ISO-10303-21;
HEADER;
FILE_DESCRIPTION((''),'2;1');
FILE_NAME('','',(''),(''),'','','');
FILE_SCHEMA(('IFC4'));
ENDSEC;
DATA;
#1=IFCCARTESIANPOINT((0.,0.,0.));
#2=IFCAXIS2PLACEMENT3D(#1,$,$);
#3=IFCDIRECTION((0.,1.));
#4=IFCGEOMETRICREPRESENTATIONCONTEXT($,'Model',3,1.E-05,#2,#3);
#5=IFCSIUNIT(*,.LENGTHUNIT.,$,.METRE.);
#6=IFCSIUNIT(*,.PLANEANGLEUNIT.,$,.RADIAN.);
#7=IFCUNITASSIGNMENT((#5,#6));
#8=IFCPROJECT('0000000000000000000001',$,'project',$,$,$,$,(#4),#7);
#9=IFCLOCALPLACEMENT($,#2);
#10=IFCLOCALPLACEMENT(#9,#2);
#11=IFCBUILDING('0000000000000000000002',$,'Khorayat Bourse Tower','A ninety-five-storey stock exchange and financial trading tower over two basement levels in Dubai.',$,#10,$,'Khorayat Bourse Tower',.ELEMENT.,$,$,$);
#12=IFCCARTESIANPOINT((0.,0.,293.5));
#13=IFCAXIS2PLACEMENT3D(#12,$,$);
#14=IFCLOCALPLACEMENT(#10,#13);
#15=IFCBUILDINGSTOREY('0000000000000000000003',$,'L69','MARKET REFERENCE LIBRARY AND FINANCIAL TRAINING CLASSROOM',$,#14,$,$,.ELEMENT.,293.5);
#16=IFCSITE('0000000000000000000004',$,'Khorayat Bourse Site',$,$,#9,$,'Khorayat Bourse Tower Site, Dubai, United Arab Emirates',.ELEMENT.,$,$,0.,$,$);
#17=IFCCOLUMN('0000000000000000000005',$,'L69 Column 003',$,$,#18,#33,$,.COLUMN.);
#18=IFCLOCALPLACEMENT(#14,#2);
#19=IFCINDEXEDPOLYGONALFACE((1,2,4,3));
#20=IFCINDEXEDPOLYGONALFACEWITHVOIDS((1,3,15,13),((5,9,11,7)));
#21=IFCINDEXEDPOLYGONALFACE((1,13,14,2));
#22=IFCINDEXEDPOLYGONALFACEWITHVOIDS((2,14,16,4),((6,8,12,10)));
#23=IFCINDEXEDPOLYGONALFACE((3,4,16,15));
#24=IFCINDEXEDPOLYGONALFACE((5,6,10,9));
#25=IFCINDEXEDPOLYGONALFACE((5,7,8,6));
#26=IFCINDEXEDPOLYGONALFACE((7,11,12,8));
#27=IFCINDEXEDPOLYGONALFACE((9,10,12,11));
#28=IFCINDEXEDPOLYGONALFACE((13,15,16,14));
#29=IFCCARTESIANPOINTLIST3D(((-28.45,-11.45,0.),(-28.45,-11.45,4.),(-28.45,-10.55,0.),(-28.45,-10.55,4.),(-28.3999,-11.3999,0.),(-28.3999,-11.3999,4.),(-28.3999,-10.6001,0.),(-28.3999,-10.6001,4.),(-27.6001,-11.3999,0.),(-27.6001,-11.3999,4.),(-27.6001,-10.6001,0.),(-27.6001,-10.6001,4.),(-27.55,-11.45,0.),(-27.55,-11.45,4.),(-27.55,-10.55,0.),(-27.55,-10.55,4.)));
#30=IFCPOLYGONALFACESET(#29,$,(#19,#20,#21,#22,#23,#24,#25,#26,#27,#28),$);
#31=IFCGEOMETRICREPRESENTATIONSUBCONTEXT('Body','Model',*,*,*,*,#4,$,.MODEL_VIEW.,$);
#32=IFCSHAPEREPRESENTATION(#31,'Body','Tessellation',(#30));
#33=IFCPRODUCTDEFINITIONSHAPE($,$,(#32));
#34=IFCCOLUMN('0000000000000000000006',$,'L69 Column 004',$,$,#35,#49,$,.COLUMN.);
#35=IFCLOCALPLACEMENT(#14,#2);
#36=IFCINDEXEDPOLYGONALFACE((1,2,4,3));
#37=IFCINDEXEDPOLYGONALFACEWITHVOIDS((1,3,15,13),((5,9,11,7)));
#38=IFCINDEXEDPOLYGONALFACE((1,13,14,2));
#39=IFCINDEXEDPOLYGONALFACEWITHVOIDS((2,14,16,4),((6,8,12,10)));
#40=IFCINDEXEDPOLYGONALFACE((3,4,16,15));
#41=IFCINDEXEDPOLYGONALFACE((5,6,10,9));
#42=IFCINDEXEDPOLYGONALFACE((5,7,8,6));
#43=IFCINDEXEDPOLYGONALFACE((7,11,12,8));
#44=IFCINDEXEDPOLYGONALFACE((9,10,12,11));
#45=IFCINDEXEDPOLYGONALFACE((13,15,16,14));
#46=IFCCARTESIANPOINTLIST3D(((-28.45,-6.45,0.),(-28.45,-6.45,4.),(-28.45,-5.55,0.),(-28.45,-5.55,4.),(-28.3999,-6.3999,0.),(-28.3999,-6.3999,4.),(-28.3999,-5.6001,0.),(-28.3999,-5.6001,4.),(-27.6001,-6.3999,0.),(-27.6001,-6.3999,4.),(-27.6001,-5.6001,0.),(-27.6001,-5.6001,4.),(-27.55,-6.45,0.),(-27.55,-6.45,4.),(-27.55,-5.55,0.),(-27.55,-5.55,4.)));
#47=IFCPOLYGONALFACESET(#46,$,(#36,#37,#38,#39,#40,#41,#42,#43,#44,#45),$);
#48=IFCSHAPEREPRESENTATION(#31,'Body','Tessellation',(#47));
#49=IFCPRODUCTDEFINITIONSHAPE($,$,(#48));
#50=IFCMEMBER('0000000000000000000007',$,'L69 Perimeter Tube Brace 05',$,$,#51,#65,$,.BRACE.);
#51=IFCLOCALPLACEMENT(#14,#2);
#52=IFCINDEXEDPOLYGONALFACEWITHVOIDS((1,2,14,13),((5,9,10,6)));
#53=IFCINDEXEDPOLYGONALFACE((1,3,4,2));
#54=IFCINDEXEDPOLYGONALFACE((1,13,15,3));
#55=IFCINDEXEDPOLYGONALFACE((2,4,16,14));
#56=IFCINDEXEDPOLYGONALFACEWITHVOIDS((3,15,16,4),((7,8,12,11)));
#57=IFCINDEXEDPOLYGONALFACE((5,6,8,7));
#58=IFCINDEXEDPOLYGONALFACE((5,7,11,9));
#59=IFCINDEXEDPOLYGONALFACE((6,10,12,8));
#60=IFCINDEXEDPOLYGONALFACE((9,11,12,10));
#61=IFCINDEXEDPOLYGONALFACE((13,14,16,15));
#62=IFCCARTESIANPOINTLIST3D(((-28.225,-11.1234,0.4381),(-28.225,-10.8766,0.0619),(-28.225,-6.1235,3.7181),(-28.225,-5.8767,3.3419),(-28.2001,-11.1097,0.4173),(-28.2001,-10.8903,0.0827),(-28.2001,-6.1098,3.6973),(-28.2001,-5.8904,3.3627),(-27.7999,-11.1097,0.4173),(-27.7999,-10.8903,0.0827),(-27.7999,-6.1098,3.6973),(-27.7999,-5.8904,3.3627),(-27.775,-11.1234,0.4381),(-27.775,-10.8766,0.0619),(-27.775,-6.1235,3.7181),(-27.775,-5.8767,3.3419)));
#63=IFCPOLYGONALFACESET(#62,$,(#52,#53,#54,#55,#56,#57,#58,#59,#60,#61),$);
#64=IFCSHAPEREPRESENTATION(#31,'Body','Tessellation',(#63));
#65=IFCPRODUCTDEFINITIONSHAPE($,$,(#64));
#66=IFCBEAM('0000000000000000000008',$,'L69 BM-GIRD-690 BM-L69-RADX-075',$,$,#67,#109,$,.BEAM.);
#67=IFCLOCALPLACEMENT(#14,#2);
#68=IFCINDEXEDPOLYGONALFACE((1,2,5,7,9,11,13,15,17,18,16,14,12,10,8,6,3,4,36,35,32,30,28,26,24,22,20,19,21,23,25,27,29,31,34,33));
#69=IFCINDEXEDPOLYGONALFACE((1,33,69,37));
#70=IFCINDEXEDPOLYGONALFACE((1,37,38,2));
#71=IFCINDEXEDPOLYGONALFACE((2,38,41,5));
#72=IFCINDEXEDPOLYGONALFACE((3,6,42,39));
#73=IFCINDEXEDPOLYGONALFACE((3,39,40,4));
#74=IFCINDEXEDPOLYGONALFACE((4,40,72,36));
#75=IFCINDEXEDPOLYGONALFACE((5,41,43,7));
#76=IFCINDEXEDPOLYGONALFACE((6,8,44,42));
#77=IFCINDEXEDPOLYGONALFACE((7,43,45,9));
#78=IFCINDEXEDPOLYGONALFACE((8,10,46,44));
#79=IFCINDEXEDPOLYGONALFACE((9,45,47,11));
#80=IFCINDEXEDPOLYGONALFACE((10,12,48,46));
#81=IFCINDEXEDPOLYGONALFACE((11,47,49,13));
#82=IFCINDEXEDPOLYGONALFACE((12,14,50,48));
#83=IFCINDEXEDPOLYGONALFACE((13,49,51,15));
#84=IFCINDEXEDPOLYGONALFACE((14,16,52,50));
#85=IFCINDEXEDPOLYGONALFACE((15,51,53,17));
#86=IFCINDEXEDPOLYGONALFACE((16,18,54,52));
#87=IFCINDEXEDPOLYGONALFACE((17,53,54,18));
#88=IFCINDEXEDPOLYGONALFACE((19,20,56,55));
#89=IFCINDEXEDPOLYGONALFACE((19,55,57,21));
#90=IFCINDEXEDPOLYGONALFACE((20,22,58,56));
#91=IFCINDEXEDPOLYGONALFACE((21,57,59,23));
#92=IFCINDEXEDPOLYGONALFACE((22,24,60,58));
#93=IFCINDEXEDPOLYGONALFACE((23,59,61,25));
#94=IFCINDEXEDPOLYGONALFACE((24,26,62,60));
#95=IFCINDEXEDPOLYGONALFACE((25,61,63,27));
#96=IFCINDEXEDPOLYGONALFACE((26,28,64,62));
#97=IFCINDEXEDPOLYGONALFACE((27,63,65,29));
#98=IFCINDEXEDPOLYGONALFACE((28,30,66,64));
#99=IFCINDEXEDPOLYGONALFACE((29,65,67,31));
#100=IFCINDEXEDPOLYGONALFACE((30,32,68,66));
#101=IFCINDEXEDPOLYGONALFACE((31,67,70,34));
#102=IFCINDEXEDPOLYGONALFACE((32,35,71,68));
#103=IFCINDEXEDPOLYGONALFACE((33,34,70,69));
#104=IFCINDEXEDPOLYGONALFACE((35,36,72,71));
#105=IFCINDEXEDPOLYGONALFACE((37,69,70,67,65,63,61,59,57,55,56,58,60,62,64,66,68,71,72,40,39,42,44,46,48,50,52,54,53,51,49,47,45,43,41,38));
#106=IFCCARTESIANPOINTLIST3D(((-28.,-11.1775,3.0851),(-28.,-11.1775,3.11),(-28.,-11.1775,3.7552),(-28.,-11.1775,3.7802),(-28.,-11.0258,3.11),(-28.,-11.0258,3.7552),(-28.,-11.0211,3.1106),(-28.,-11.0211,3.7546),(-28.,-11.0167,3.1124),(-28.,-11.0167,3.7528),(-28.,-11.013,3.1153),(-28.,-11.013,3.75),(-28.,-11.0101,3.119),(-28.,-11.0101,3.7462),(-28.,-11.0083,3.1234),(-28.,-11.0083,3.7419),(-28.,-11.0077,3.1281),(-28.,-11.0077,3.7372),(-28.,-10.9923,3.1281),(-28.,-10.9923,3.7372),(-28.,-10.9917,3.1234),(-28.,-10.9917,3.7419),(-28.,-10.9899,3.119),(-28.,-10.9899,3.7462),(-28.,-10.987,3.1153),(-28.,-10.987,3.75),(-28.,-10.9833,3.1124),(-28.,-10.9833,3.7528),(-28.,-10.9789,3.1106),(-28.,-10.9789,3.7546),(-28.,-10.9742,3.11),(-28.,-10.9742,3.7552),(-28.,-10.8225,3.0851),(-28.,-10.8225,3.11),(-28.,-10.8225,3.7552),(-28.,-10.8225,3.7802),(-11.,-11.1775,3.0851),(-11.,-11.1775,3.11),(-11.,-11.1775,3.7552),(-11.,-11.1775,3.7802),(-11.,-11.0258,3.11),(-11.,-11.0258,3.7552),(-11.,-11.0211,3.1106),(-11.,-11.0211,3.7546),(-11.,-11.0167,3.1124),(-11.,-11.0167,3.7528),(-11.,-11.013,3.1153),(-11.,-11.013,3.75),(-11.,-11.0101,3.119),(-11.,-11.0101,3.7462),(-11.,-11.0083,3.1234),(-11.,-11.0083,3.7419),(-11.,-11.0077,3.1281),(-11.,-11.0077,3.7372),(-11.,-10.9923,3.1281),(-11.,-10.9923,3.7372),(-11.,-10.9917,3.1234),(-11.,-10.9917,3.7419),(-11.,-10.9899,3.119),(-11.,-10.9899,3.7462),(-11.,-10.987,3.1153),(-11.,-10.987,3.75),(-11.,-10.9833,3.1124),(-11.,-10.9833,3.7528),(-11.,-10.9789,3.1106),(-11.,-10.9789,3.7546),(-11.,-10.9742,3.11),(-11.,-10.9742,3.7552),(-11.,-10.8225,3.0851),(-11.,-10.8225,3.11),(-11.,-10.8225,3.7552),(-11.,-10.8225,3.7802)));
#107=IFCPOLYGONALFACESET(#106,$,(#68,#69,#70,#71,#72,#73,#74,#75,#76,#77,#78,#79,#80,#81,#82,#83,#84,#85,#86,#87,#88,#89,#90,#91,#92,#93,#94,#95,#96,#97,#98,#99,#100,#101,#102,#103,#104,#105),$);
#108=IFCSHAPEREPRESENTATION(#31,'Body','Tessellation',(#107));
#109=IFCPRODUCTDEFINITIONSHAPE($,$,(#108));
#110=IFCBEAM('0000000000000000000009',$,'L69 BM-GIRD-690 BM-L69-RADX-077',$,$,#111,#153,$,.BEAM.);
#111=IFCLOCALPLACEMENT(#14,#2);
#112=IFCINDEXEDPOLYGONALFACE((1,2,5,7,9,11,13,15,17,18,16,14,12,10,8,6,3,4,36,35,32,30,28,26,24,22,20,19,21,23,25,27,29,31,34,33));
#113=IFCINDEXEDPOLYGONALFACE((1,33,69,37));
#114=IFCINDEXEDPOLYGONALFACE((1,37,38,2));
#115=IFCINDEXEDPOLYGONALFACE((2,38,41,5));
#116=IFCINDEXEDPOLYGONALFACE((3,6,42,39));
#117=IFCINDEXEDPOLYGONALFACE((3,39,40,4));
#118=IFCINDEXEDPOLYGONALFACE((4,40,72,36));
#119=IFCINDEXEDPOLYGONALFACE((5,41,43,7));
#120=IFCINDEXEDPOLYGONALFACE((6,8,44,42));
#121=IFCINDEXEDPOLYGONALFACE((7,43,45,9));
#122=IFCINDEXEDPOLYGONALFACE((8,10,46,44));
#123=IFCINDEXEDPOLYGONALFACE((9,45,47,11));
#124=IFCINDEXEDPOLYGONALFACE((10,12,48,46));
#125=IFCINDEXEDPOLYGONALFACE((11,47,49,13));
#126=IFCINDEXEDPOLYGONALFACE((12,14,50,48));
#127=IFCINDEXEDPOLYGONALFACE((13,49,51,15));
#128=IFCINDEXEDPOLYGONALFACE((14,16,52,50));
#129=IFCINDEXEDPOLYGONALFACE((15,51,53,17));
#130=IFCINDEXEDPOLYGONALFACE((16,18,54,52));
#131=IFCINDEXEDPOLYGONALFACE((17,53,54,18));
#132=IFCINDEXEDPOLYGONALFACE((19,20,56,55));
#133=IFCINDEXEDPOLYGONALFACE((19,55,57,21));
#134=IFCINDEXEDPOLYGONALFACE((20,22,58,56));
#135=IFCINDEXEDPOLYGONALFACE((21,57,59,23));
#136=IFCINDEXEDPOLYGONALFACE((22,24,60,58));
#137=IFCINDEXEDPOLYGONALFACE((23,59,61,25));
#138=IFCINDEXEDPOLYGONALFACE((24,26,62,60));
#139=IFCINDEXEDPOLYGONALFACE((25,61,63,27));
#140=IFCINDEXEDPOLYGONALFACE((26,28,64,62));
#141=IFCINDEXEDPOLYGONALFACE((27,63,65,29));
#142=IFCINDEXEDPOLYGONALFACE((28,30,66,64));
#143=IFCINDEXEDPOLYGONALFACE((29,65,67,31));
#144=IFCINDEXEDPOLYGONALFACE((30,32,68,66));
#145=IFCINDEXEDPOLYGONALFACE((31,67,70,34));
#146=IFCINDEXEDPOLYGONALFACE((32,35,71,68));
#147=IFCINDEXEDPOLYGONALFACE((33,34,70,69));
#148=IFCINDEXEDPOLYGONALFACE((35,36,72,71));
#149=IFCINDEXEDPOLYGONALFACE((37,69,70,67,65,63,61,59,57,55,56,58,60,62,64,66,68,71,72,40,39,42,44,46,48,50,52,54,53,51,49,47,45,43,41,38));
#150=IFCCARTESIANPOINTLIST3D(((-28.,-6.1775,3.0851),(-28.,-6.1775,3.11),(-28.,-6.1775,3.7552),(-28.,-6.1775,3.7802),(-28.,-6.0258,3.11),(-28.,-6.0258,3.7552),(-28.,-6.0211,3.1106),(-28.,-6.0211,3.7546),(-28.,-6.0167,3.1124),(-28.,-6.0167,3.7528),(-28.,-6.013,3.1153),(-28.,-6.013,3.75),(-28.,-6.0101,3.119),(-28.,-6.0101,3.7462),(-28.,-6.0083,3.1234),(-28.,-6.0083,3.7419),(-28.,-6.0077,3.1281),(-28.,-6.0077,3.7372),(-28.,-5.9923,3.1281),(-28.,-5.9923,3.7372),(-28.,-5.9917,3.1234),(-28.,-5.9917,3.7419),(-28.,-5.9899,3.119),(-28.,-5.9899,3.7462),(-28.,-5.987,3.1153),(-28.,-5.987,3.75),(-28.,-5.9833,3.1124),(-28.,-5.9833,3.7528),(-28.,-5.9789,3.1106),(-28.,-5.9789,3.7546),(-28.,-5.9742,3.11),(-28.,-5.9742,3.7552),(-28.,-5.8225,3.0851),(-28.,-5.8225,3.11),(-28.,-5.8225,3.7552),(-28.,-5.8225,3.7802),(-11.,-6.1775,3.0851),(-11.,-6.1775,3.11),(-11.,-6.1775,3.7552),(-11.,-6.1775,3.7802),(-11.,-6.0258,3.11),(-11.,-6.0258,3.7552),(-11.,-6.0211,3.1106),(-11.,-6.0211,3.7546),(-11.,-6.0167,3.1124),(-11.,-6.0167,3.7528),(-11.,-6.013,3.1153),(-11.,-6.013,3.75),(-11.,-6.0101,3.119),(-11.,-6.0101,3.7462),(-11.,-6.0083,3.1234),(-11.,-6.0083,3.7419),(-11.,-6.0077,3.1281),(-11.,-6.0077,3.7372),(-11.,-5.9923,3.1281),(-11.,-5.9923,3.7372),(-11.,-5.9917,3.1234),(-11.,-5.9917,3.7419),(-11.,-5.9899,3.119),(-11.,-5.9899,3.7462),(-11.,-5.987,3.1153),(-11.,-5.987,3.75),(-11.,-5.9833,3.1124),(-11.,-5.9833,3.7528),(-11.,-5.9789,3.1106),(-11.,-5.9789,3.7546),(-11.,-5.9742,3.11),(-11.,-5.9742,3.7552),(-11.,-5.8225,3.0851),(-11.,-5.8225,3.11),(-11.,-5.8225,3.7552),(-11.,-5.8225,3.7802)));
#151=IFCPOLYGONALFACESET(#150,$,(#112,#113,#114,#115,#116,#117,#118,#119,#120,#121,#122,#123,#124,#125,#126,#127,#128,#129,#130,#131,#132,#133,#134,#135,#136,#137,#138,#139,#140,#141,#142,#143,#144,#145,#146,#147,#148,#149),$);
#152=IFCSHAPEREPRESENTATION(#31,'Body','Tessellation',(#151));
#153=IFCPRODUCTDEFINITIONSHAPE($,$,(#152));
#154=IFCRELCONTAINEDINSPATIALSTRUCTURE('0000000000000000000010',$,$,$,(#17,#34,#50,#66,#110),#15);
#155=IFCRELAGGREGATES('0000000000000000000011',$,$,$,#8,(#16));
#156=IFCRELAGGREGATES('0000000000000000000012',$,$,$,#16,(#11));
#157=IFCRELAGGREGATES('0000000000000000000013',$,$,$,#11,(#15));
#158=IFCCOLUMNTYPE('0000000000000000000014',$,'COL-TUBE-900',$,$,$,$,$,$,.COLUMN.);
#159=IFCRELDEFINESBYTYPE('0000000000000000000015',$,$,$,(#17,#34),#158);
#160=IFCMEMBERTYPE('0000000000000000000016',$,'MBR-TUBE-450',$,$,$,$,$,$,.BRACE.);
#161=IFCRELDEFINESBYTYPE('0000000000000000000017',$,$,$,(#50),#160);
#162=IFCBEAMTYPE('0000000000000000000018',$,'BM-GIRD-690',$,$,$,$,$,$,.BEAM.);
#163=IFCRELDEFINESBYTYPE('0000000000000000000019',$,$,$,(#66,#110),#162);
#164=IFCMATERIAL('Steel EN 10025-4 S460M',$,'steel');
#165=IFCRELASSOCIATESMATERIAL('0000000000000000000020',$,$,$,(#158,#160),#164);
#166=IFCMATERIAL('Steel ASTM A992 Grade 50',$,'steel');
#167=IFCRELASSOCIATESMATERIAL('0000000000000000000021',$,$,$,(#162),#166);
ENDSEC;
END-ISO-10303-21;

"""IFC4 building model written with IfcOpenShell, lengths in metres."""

from ifc_helpers import new_model, si_unit, direction, frame, origin, origin_2d, place, context, subcontext, project, spatial, hollow_rectangle, i_section, extrude, source, transform, mapped, material, material_profile, profile_set, type_object, element, save


model = new_model("IFC4")

# Units and contexts
model_context = context("Model", 3, precision=1e-05, world=origin(), true_north=direction((0.0, 1.0)))
body_context = subcontext(model_context, "Body", "Model", "MODEL_VIEW")
ifc_project = project(units=[si_unit("LENGTHUNIT", "METRE"), si_unit("PLANEANGLEUNIT", "RADIAN")], contexts=[model_context])

# Site, building, storey
site_placement = place(None, origin())
site = spatial("IfcSite", under=ifc_project, at=site_placement, Name="Khorayat Bourse Site", LongName="Khorayat Bourse Tower Site, Dubai, United Arab Emirates", CompositionType="ELEMENT", RefElevation=0.0)
building_placement = place(site_placement, origin())
building = spatial("IfcBuilding", under=site, at=building_placement, Name="Khorayat Bourse Tower", Description="A ninety-five-storey stock exchange and financial trading tower over two basement levels in Dubai.", LongName="Khorayat Bourse Tower", CompositionType="ELEMENT")
storey_placement = place(building_placement, frame((0.0, 0.0, 293.5)))
storey = spatial("IfcBuildingStorey", under=building, at=storey_placement, Name="L69", Description="MARKET REFERENCE LIBRARY AND FINANCIAL TRAINING CLASSROOM", CompositionType="ELEMENT", Elevation=293.5)

# Columns
ifc_material_1 = material(Name="Steel EN 10025-4 S460M", Category="steel")
ifc_material_profile_1 = material_profile(ifc_material_1, hollow_rectangle(XDim=0.8999, YDim=0.8999, WallThickness=0.05, at=origin_2d()), Name="BOX 900x900x50")
ifc_profile_set_1 = profile_set([ifc_material_profile_1], Name="Steel EN 10025-4 S460M")
column_type = type_object("IfcColumnType", Name="COL-TUBE-900", PredefinedType="COLUMN", material=ifc_profile_set_1)
shared_shape_1 = source(origin(), body_context, "Body", "SweptSolid", [
    extrude(hollow_rectangle(XDim=0.8999, YDim=0.8999, WallThickness=0.05, at=origin_2d()), origin(), (0.0, 0.0, 1.0), 4.0),
])
for number, where, z_axis, x_axis, name in (
    (1, (-28.0, -11.0, 0.0), (0.0, 0.0, 1.0), (1.0, 0.0, 0.0), "L69 Column 003"),
    (2, (-28.0, -6.0, 0.0), (0.0, 0.0, 1.0), (1.0, 0.0, 0.0), "L69 Column 004"),
):
    element("IfcColumn", number, at=place(storey_placement, frame(where, z_axis=z_axis, x_axis=x_axis)), inside=storey, type_object=column_type, Name=name, PredefinedType="COLUMN", context=body_context, shape_type="MappedRepresentation", body=[
        mapped(shared_shape_1, transform((0.0, 0.0, 0.0), scale=1.0)),
    ])

# Member
ifc_material_profile_2 = material_profile(ifc_material_1, hollow_rectangle(XDim=0.45, YDim=0.45, WallThickness=0.0249, at=origin_2d()), Name="HSS 450x450x25")
ifc_profile_set_2 = profile_set([ifc_material_profile_2], Name="Steel EN 10025-4 S460M")
member_type = type_object("IfcMemberType", Name="MBR-TUBE-450", PredefinedType="BRACE", material=ifc_profile_set_2)
shared_shape_2 = source(origin(), body_context, "Body", "SweptSolid", [
    extrude(hollow_rectangle(XDim=0.45, YDim=0.45, WallThickness=0.0249, at=origin_2d()), origin(), (0.0, 0.0, 1.0), 5.9797),
])
member_placement = place(storey_placement, frame((-28.0, -11.0, 0.25), z_axis=(0.0, 0.836142, 0.548514), x_axis=(-1.0, 0.0, 0.0)))
element("IfcMember", 3, at=member_placement, inside=storey, type_object=member_type, Name="L69 Perimeter Tube Brace 05", PredefinedType="BRACE", context=body_context, shape_type="MappedRepresentation", body=[
    mapped(shared_shape_2, transform((0.0, 0.0, 0.0), scale=1.0)),
])

# Beams
ifc_material_2 = material(Name="Steel ASTM A992 Grade 50", Category="steel")
ifc_material_profile_3 = material_profile(ifc_material_2, i_section(OverallWidth=0.355, OverallDepth=0.6951, WebThickness=0.0154, FlangeThickness=0.0249, FilletRadius=0.0181, at=origin_2d()), Name="W690X217")
ifc_profile_set_3 = profile_set([ifc_material_profile_3], Name="Steel ASTM A992 Grade 50")
beam_type_1 = type_object("IfcBeamType", Name="BM-GIRD-690", PredefinedType="BEAM", material=ifc_profile_set_3)
shared_shape_3 = source(origin(), body_context, "Body", "SweptSolid", [
    extrude(i_section(OverallWidth=0.355, OverallDepth=0.6951, WebThickness=0.0154, FlangeThickness=0.0249, FilletRadius=0.0181, at=origin_2d()), origin(), (0.0, 0.0, 1.0), 17.0),
])
for number, where, z_axis, x_axis, name in (
    (4, (-28.0, -11.0, 3.4326), (1.0, 0.0, 0.0), (0.0, 1.0, 0.0), "L69 BM-GIRD-690 BM-L69-RADX-075"),
    (5, (-28.0, -6.0, 3.4326), (1.0, 0.0, 0.0), (0.0, 1.0, 0.0), "L69 BM-GIRD-690 BM-L69-RADX-077"),
):
    element("IfcBeam", number, at=place(storey_placement, frame(where, z_axis=z_axis, x_axis=x_axis)), inside=storey, type_object=beam_type_1, Name=name, PredefinedType="BEAM", context=body_context, shape_type="MappedRepresentation", body=[
        mapped(shared_shape_3, transform((0.0, 0.0, 0.0), scale=1.0)),
    ])

save(model, "model.ifc")
